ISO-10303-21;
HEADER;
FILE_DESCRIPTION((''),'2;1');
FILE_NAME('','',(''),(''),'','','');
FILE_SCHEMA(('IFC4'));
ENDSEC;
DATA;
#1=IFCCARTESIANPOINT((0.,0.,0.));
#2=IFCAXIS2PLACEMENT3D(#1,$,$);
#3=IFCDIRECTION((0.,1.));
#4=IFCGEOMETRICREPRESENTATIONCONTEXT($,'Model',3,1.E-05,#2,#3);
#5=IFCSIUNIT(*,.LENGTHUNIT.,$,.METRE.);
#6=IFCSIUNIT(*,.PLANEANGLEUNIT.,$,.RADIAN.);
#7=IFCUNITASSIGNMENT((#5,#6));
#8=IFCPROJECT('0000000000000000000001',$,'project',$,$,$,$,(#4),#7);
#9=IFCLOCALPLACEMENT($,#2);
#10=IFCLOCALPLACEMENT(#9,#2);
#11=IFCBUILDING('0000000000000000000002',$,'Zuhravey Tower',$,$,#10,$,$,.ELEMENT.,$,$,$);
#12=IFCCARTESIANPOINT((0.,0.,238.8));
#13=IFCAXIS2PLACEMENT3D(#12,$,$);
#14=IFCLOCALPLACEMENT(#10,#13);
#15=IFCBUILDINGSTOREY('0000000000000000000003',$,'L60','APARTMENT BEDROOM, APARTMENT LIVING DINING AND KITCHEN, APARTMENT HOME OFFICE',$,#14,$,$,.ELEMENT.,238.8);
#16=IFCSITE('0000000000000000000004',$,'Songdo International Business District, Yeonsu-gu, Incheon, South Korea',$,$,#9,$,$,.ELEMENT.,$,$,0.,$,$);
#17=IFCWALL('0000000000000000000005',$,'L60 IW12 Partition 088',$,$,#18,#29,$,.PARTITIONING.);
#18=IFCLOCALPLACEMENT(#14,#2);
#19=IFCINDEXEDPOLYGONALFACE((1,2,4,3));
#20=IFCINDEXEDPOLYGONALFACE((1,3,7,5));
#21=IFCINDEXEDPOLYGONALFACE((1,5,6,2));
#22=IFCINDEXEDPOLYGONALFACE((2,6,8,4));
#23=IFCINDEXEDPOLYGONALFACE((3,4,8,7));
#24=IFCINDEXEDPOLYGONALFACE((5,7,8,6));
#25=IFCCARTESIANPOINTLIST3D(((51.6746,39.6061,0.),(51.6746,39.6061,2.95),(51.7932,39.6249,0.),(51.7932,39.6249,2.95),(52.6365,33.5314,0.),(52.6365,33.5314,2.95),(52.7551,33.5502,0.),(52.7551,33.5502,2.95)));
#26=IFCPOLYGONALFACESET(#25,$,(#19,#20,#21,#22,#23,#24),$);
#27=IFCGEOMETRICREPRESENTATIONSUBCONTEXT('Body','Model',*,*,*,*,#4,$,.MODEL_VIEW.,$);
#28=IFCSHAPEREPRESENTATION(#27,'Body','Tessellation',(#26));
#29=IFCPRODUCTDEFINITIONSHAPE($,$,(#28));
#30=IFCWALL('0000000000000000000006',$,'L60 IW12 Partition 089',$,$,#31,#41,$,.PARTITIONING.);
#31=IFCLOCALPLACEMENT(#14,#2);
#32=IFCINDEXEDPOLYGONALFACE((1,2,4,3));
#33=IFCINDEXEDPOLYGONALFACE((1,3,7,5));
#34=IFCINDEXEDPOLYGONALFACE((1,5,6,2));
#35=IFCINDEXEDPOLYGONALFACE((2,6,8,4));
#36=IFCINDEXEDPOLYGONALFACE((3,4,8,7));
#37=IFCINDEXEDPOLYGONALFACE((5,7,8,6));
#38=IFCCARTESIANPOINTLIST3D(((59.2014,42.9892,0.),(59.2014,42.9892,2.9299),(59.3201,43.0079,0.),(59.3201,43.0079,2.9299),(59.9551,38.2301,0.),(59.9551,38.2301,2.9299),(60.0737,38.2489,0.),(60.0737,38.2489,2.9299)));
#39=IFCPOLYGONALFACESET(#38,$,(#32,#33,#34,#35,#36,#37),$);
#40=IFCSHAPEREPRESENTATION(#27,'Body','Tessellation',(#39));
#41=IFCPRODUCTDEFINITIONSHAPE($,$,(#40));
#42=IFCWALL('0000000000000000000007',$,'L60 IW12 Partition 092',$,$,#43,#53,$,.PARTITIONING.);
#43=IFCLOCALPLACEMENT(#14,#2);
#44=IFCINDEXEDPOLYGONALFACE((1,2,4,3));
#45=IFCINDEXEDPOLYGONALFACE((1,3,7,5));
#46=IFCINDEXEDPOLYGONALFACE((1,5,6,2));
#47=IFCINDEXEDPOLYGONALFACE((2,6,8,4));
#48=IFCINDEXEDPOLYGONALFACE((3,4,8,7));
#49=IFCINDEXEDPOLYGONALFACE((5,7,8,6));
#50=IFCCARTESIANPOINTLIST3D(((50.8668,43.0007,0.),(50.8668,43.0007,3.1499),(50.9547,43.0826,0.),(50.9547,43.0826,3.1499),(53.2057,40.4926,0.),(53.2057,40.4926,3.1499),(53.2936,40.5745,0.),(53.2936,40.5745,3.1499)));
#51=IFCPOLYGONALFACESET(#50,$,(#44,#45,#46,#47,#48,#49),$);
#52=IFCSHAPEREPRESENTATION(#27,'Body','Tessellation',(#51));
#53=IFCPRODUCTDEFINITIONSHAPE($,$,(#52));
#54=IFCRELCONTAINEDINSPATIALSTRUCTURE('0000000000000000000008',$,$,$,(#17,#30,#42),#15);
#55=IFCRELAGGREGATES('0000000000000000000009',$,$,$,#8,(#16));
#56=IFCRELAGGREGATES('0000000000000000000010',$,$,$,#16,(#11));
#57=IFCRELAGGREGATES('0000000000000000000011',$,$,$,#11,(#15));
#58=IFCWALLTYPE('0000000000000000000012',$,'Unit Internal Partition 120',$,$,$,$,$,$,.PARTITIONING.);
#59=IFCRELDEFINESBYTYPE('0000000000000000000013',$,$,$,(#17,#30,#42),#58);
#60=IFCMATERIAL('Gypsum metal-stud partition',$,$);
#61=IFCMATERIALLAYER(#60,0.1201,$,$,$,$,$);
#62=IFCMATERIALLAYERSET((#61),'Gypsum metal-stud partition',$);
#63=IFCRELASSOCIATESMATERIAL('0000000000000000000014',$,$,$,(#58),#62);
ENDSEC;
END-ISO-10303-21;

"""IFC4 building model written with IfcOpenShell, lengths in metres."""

from ifc_helpers import new_model, si_unit, direction, frame, frame_2d, origin, place, context, subcontext, project, spatial, rectangle, extrude, material, layer, layer_set, type_object, element, save


model = new_model("IFC4")

# Units and contexts
model_context = context("Model", 3, precision=1e-05, world=origin(), true_north=direction((0.0, 1.0)))
body_context = subcontext(model_context, "Body", "Model", "MODEL_VIEW")
ifc_project = project(units=[si_unit("LENGTHUNIT", "METRE"), si_unit("PLANEANGLEUNIT", "RADIAN")], contexts=[model_context])

# Site, building, storey
site_placement = place(None, origin())
site = spatial("IfcSite", under=ifc_project, at=site_placement, Name="Songdo International Business District, Yeonsu-gu, Incheon, South Korea", CompositionType="ELEMENT", RefElevation=0.0)
building_placement = place(site_placement, origin())
building = spatial("IfcBuilding", under=site, at=building_placement, Name="Zuhravey Tower", CompositionType="ELEMENT")
storey_placement = place(building_placement, frame((0.0, 0.0, 238.8)))
storey = spatial("IfcBuildingStorey", under=building, at=storey_placement, Name="L60", Description="APARTMENT BEDROOM, APARTMENT LIVING DINING AND KITCHEN, APARTMENT HOME OFFICE", CompositionType="ELEMENT", Elevation=238.8)

# Shared definitions
ifc_material_1 = material(Name="Gypsum metal-stud partition")
ifc_layer_1 = layer(ifc_material_1, 0.1201)
ifc_layer_set_1 = layer_set([ifc_layer_1], Name="Gypsum metal-stud partition")
wall_type_1 = type_object("IfcWallType", Name="Unit Internal Partition 120", PredefinedType="PARTITIONING", material=ifc_layer_set_1)

# Walls
wall_1_placement = place(storey_placement, frame((52.6958, 33.5408, 0.0), z_axis=(0.0, 0.0, 1.0), x_axis=(-0.156399, 0.987694, 0.0)))
element("IfcWall", 1, at=wall_1_placement, inside=storey, type_object=wall_type_1, Name="L60 IW12 Partition 088", PredefinedType="PARTITIONING", context=body_context, shape_type="SweptSolid", body=[
    extrude(rectangle(XDim=6.1504, YDim=0.1201, at=frame_2d((3.0752, 0.0))), origin(), (0.0, 0.0, 1.0), 2.95),
])
wall_2_placement = place(storey_placement, frame((60.0144, 38.2395, 0.0), z_axis=(0.0, 0.0, 1.0), x_axis=(-0.156415, 0.987691, 0.0)))
element("IfcWall", 2, at=wall_2_placement, inside=storey, type_object=wall_type_1, Name="L60 IW12 Partition 089", PredefinedType="PARTITIONING", context=body_context, shape_type="SweptSolid", body=[
    extrude(rectangle(XDim=4.8184, YDim=0.1201, at=frame_2d((2.4092, 0.0))), origin(), (0.0, 0.0, 1.0), 2.9299),
])
wall_3_placement = place(storey_placement, frame((53.2498, 40.5334, 0.0), z_axis=(0.0, 0.0, 1.0), x_axis=(-0.682009, 0.731344, 0.0)))
element("IfcWall", 3, at=wall_3_placement, inside=storey, type_object=wall_type_1, Name="L60 IW12 Partition 092", PredefinedType="PARTITIONING", context=body_context, shape_type="SweptSolid", body=[
    extrude(rectangle(XDim=3.4294, YDim=0.1201, at=frame_2d((1.7148, 0.0))), origin(), (0.0, 0.0, 1.0), 3.1499),
])

save(model, "model.ifc")
